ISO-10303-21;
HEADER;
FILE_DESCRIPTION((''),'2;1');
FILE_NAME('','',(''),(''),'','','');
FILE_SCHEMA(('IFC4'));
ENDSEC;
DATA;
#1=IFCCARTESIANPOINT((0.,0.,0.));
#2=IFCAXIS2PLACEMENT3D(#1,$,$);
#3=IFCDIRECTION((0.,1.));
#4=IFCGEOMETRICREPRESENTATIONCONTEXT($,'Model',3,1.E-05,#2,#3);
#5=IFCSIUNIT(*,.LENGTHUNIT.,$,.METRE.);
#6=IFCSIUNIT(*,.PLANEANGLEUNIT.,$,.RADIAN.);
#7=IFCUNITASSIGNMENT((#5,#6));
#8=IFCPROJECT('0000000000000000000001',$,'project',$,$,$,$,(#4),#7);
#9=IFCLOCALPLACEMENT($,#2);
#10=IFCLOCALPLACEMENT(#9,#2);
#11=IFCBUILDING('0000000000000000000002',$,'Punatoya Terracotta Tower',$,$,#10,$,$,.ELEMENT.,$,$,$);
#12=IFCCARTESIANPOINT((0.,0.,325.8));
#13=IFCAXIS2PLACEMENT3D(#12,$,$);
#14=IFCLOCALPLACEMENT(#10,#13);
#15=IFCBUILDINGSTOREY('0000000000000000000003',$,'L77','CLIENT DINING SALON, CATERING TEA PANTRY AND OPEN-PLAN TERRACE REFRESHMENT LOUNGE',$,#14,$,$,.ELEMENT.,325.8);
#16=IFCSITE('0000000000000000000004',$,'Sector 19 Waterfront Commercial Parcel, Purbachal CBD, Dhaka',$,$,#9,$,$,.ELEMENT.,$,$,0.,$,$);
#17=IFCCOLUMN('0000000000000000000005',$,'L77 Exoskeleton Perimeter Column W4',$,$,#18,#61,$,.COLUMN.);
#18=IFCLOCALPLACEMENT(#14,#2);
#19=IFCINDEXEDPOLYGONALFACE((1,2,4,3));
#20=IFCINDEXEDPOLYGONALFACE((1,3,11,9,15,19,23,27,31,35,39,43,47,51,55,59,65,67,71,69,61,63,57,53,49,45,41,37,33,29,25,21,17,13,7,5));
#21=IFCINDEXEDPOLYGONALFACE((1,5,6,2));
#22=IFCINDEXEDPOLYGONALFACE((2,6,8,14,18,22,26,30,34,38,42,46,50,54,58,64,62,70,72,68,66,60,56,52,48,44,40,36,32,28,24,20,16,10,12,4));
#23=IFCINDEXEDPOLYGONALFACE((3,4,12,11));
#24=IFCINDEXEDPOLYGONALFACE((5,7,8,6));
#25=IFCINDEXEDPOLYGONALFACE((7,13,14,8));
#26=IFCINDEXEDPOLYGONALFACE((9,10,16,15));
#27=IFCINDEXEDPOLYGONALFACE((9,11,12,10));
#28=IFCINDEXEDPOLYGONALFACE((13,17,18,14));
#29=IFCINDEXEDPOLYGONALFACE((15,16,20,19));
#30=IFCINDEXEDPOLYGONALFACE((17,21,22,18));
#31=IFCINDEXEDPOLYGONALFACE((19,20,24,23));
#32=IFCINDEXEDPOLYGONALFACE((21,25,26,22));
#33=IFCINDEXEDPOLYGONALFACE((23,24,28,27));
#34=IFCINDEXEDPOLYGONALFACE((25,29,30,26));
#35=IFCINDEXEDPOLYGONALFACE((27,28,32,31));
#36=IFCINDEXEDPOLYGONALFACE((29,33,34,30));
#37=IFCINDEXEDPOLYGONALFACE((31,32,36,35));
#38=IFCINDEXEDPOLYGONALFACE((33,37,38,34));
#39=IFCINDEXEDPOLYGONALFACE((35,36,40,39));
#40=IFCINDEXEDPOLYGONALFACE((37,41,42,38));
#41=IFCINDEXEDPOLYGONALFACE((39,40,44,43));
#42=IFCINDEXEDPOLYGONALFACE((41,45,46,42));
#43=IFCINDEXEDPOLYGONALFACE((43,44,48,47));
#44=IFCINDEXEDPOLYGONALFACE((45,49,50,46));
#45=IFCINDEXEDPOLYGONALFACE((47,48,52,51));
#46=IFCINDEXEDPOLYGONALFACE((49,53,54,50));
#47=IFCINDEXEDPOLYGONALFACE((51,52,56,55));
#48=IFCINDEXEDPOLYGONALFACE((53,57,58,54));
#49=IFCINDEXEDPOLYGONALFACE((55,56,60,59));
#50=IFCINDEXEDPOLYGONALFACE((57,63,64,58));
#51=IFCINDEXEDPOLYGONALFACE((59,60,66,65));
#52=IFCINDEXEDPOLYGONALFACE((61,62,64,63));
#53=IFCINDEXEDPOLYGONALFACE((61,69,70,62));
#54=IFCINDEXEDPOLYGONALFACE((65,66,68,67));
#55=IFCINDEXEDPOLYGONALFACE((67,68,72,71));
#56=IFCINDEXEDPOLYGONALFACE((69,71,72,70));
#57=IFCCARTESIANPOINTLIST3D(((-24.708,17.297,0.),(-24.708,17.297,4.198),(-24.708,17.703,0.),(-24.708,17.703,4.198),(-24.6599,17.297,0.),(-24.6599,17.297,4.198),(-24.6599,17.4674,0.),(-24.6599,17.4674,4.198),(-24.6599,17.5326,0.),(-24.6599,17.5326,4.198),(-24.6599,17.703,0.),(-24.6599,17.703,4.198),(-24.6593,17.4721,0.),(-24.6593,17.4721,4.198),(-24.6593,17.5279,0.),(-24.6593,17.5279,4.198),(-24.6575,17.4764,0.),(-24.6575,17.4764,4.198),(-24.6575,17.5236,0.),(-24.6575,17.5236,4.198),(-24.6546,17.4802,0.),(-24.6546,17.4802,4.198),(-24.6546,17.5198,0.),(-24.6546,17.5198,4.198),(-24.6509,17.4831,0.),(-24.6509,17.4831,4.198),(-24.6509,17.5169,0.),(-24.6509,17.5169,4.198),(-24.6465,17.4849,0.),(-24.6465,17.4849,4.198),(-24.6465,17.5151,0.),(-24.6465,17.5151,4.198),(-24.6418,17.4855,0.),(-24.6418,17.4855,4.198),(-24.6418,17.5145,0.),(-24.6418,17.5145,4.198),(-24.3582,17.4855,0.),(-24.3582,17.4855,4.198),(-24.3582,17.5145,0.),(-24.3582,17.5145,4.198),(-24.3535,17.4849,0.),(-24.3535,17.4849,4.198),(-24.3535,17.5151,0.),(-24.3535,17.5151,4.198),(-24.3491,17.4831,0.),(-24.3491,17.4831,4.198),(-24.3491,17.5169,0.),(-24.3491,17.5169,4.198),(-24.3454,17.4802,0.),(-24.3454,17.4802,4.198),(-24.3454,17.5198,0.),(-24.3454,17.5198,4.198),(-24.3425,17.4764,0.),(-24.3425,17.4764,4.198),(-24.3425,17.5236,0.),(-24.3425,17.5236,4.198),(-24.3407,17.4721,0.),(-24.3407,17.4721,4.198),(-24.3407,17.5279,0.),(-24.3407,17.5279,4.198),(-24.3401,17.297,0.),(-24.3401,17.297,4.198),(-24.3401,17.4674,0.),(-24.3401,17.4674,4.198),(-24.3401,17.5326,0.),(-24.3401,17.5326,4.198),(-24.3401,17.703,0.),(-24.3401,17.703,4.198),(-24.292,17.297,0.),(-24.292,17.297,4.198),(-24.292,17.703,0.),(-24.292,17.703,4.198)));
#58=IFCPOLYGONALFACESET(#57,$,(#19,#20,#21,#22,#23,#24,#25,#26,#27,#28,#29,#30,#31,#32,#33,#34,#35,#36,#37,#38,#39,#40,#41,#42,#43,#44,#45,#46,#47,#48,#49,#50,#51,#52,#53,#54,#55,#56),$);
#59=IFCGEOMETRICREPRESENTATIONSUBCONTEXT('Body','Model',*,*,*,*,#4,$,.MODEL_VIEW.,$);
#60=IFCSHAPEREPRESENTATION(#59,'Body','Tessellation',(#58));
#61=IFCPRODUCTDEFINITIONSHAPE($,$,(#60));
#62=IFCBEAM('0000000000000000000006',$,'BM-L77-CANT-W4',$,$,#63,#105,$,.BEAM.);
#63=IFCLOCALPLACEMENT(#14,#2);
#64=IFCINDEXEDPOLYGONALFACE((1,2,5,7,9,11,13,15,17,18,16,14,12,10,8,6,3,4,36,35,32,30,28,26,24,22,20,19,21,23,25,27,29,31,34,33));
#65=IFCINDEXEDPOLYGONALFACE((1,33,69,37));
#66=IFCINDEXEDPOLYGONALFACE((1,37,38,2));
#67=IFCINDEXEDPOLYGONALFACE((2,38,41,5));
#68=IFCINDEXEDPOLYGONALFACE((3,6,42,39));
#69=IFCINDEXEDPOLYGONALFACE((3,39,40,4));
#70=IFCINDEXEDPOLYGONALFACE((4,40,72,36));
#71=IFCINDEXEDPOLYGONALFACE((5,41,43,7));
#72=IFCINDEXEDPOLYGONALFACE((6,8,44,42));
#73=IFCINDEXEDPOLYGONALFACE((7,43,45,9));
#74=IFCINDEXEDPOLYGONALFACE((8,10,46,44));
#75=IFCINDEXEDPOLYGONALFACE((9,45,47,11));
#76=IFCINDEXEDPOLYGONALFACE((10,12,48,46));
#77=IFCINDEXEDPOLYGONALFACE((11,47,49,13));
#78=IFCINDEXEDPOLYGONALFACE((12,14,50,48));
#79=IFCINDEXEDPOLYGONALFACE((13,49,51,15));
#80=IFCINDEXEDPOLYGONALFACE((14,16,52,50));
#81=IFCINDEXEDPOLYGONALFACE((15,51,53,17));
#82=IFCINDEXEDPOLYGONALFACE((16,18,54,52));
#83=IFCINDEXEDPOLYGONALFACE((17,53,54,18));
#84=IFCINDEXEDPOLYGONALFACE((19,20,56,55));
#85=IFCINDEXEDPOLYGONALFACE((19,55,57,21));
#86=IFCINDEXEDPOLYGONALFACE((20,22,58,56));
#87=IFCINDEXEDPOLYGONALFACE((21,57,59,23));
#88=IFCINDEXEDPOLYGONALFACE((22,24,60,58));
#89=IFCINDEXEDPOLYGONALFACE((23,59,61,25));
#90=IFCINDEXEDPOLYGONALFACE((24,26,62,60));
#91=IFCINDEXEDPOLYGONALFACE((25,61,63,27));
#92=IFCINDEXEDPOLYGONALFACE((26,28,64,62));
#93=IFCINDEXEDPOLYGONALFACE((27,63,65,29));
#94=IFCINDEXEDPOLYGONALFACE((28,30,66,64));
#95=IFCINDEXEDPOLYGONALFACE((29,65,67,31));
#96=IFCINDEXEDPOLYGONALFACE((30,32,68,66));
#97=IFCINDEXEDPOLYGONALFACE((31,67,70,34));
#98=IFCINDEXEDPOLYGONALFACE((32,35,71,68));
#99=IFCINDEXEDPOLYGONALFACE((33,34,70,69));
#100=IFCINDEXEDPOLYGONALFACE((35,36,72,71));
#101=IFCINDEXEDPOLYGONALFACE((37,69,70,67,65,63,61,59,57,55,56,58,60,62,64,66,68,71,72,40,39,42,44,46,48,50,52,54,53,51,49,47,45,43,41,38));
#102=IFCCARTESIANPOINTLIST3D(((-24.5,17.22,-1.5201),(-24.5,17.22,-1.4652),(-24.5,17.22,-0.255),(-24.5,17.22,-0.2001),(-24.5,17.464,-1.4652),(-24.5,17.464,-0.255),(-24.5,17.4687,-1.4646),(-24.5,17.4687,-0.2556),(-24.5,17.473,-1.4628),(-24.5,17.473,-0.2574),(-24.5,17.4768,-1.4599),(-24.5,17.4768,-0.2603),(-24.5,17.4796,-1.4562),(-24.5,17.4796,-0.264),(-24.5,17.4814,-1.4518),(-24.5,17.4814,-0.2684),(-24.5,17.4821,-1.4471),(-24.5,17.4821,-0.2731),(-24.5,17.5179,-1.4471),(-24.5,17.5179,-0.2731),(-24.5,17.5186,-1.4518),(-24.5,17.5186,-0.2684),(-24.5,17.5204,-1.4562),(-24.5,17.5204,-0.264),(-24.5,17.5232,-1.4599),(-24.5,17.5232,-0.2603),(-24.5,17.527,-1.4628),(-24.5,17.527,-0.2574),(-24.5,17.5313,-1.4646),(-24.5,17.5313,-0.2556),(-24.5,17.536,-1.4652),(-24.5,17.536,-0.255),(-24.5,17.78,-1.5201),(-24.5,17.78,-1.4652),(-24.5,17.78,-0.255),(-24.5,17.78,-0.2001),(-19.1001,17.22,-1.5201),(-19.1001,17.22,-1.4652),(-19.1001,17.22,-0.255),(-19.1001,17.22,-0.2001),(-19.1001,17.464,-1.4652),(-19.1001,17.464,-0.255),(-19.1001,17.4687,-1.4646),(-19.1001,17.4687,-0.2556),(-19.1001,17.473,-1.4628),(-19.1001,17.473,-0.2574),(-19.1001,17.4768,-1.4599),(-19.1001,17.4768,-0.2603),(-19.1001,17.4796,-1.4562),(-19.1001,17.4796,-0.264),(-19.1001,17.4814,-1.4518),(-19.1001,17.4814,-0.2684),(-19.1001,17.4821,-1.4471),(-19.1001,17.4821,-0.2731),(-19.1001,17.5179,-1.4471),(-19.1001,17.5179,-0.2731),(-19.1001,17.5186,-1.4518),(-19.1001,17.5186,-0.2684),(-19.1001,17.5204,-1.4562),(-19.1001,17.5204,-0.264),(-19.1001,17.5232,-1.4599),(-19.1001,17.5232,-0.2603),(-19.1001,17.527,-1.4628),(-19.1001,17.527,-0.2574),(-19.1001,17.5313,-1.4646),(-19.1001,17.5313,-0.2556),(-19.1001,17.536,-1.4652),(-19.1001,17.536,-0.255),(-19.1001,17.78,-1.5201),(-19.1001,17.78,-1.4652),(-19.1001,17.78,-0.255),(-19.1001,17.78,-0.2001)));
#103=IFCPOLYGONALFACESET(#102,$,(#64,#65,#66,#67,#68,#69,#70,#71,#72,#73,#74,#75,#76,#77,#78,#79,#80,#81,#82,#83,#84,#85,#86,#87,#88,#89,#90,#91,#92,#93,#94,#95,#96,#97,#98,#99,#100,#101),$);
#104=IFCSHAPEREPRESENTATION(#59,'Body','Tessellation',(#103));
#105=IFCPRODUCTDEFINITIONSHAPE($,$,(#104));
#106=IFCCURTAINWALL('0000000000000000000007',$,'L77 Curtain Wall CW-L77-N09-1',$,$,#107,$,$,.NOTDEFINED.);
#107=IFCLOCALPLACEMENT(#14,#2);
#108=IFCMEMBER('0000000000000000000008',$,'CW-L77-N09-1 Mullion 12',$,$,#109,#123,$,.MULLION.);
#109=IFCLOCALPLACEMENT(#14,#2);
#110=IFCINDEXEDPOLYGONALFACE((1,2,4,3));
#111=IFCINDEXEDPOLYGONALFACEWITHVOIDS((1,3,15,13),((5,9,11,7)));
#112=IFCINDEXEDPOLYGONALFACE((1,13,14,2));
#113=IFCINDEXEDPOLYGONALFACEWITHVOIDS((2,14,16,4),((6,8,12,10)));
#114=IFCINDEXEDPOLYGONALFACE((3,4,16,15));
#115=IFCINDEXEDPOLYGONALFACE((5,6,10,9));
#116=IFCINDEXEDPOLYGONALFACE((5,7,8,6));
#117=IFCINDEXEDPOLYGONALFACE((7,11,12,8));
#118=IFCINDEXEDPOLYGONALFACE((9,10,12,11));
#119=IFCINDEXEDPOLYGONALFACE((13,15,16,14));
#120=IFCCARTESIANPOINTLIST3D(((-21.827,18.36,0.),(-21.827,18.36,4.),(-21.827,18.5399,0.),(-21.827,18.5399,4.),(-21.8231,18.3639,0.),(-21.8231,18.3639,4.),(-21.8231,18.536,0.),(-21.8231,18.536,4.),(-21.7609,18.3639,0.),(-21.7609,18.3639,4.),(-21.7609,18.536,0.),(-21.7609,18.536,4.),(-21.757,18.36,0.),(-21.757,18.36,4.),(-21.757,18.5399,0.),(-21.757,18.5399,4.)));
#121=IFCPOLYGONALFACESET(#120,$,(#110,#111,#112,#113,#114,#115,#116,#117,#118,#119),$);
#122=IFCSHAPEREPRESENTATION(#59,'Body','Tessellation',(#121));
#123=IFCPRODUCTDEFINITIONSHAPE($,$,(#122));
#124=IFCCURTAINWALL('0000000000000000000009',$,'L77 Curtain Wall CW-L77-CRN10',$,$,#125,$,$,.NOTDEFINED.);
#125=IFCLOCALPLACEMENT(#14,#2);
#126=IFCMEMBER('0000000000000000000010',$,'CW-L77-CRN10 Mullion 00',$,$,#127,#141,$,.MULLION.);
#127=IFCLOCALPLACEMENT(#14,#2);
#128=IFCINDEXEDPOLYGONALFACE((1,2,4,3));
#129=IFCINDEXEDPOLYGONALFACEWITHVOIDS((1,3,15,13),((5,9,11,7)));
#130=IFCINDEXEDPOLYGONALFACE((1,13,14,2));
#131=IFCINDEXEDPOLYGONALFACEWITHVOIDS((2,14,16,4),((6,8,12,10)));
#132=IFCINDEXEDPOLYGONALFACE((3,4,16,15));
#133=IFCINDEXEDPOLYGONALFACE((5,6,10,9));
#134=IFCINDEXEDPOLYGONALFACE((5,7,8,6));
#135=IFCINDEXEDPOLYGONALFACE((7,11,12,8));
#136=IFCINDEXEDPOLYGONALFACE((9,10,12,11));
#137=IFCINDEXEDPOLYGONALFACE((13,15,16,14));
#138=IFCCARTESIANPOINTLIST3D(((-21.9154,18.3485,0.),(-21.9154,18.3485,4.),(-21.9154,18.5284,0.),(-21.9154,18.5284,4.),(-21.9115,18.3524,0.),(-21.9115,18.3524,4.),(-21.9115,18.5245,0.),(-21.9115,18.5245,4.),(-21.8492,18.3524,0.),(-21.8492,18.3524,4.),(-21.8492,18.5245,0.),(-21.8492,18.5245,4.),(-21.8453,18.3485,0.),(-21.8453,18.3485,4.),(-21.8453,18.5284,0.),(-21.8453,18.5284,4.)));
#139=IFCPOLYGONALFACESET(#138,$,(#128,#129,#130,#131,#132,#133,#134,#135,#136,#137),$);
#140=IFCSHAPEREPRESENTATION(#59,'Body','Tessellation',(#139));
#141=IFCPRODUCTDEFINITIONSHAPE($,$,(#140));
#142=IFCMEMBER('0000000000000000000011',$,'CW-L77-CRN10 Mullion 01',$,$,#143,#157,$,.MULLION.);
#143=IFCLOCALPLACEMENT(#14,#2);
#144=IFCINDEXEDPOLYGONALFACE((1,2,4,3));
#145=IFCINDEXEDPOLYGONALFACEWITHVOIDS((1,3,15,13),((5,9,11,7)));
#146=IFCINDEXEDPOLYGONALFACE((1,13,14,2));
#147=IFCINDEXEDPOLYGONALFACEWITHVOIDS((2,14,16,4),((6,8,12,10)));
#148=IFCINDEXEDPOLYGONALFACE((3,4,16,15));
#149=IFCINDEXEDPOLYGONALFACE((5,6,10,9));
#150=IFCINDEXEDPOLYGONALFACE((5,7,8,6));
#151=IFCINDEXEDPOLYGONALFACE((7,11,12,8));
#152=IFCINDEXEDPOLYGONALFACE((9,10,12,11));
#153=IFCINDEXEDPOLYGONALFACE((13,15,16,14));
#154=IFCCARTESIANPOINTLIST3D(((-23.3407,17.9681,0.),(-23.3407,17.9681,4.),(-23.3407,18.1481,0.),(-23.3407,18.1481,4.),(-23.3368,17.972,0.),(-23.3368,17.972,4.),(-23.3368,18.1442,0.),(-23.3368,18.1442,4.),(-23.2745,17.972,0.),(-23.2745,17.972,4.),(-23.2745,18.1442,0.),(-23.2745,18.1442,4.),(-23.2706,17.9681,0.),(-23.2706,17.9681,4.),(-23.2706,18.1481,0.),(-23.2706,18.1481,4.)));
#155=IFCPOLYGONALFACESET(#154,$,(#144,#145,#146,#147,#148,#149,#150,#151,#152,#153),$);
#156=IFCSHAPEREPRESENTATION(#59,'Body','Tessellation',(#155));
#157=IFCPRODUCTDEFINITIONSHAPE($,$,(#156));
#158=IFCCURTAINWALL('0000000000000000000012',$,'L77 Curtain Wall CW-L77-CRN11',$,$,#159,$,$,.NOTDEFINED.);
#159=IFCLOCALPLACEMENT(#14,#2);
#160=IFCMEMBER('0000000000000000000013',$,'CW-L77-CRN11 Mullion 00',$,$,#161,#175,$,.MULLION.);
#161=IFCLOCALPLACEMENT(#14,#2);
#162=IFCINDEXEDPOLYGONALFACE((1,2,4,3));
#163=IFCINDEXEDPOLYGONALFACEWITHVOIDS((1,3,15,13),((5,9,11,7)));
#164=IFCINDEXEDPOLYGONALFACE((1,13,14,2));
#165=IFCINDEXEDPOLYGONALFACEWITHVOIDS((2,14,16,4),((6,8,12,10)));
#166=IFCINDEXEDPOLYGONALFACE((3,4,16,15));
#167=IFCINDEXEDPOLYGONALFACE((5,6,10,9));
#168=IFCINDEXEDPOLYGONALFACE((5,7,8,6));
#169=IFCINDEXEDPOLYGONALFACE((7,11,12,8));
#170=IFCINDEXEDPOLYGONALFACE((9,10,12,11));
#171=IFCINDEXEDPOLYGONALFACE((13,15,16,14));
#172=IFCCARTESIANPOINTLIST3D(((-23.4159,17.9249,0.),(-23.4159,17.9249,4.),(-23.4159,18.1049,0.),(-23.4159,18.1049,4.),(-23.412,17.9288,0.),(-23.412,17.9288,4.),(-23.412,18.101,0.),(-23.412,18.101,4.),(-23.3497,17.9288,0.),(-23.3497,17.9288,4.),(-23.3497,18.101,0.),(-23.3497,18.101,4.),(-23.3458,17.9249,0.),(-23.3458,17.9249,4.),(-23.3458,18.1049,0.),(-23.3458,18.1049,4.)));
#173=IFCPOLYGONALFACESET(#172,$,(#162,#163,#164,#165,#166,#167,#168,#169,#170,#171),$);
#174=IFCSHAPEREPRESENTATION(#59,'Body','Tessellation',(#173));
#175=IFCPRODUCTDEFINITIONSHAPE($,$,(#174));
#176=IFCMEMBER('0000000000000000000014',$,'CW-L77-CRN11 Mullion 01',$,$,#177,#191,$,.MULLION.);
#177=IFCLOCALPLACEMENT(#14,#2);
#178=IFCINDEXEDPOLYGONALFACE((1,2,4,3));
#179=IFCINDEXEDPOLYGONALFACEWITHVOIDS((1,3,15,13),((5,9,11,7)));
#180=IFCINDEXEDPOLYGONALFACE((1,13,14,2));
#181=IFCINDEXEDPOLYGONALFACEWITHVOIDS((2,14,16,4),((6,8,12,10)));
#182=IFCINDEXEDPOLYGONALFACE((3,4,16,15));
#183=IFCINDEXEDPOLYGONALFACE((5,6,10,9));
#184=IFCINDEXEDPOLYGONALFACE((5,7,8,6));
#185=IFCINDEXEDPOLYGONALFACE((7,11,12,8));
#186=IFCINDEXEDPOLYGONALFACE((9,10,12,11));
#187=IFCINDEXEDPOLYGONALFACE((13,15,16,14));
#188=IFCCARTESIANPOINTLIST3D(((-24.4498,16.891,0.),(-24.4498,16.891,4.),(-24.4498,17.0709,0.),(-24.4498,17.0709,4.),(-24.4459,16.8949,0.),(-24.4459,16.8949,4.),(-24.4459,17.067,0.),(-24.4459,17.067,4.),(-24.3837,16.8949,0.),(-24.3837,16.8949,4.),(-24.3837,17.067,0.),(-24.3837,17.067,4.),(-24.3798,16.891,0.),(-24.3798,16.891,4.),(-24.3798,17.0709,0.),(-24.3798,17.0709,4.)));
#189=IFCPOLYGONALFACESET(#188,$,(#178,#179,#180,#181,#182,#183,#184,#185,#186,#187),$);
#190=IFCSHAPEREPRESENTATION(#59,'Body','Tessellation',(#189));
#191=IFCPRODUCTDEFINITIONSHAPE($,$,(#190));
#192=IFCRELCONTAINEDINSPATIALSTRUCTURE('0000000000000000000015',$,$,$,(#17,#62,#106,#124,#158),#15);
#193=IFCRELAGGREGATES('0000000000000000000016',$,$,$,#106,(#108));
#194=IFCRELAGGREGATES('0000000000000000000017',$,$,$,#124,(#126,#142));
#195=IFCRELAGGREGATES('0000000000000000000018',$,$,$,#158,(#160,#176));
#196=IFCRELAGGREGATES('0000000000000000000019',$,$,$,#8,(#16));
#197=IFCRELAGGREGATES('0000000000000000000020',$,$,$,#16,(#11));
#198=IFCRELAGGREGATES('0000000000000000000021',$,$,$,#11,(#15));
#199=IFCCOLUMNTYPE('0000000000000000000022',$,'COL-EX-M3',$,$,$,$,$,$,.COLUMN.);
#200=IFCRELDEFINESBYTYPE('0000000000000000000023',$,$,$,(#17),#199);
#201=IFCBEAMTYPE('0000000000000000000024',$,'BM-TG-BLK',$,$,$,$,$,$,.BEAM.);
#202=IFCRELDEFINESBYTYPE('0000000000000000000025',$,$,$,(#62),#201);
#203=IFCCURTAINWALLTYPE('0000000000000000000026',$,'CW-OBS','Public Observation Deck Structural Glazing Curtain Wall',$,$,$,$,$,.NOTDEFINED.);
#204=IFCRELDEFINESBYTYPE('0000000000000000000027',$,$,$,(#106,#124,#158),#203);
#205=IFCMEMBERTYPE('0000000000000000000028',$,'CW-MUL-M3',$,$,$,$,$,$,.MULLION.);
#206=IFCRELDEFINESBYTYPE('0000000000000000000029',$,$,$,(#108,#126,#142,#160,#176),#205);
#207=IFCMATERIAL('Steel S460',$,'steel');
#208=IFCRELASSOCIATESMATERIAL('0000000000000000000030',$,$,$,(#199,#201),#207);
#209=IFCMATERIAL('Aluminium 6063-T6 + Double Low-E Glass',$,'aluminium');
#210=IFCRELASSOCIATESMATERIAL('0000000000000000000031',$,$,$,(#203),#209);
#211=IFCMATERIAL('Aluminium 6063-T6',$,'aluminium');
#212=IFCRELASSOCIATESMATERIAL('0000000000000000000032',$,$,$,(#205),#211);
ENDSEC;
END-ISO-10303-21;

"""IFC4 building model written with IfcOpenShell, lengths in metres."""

from ifc_helpers import new_model, si_unit, direction, frame, origin, origin_2d, place, context, subcontext, project, spatial, hollow_rectangle, i_section, extrude, material, material_profile, profile_set, type_object, element, aggregate, save


model = new_model("IFC4")

# Units and contexts
model_context = context("Model", 3, precision=1e-05, world=origin(), true_north=direction((0.0, 1.0)))
body_context = subcontext(model_context, "Body", "Model", "MODEL_VIEW")
ifc_project = project(units=[si_unit("LENGTHUNIT", "METRE"), si_unit("PLANEANGLEUNIT", "RADIAN")], contexts=[model_context])

# Site, building, storey
site_placement = place(None, origin())
site = spatial("IfcSite", under=ifc_project, at=site_placement, Name="Sector 19 Waterfront Commercial Parcel, Purbachal CBD, Dhaka", CompositionType="ELEMENT", RefElevation=0.0)
building_placement = place(site_placement, origin())
building = spatial("IfcBuilding", under=site, at=building_placement, Name="Punatoya Terracotta Tower", CompositionType="ELEMENT")
storey_placement = place(building_placement, frame((0.0, 0.0, 325.8)))
storey = spatial("IfcBuildingStorey", under=building, at=storey_placement, Name="L77", Description="CLIENT DINING SALON, CATERING TEA PANTRY AND OPEN-PLAN TERRACE REFRESHMENT LOUNGE", CompositionType="ELEMENT", Elevation=325.8)

# Column
ifc_material_1 = material(Name="Steel S460", Category="steel")
ifc_material_profile_1 = material_profile(ifc_material_1, i_section(OverallWidth=0.406, OverallDepth=0.416, WebThickness=0.0291, FlangeThickness=0.0481, FilletRadius=0.0181, at=origin_2d()))
ifc_profile_set_1 = profile_set([ifc_material_profile_1], Name="Steel S460")
column_type = type_object("IfcColumnType", Name="COL-EX-M3", PredefinedType="COLUMN", material=ifc_profile_set_1)
column_placement = place(storey_placement, frame((-24.5, 17.5, 0.0), z_axis=(0.0, 0.0, 1.0), x_axis=(0.0, 1.0, 0.0)))
element("IfcColumn", 1, at=column_placement, inside=storey, type_object=column_type, Name="L77 Exoskeleton Perimeter Column W4", PredefinedType="COLUMN", context=body_context, shape_type="SweptSolid", body=[
    extrude(i_section(OverallWidth=0.406, OverallDepth=0.416, WebThickness=0.0291, FlangeThickness=0.0481, FilletRadius=0.0181, at=origin_2d()), origin(), (0.0, 0.0, 1.0), 4.198),
])

# Beam
ifc_material_profile_2 = material_profile(ifc_material_1, i_section(OverallWidth=0.5601, OverallDepth=1.3201, WebThickness=0.0359, FlangeThickness=0.0549, FilletRadius=0.0181, at=origin_2d()))
ifc_profile_set_2 = profile_set([ifc_material_profile_2], Name="Steel S460")
beam_type = type_object("IfcBeamType", Name="BM-TG-BLK", PredefinedType="BEAM", material=ifc_profile_set_2)
beam_placement = place(storey_placement, frame((-24.5, 17.5, -0.8601), z_axis=(1.0, 0.0, 0.0), x_axis=(0.0, 1.0, 0.0)))
element("IfcBeam", 2, at=beam_placement, inside=storey, type_object=beam_type, Name="BM-L77-CANT-W4", PredefinedType="BEAM", context=body_context, shape_type="SweptSolid", body=[
    extrude(i_section(OverallWidth=0.5601, OverallDepth=1.3201, WebThickness=0.0359, FlangeThickness=0.0549, FilletRadius=0.0181, at=origin_2d()), origin(), (0.0, 0.0, 1.0), 5.3999),
])

# Curtain wall, member
ifc_material_2 = material(Name="Aluminium 6063-T6 + Double Low-E Glass", Category="aluminium")
curtain_wall_type = type_object("IfcCurtainWallType", Name="CW-OBS", Description="Public Observation Deck Structural Glazing Curtain Wall", PredefinedType="NOTDEFINED", material=ifc_material_2)
curtain_wall_1_placement = place(storey_placement, origin())
curtain_wall_1 = element("IfcCurtainWall", 3, at=curtain_wall_1_placement, inside=storey, type_object=curtain_wall_type, Name="L77 Curtain Wall CW-L77-N09-1", PredefinedType="NOTDEFINED")
ifc_material_3 = material(Name="Aluminium 6063-T6", Category="aluminium")
ifc_material_profile_3 = material_profile(ifc_material_3, hollow_rectangle(XDim=0.0701, YDim=0.1799, WallThickness=0.0039, at=origin_2d()))
ifc_profile_set_3 = profile_set([ifc_material_profile_3], Name="Aluminium 6063-T6")
member_type_1 = type_object("IfcMemberType", Name="CW-MUL-M3", PredefinedType="MULLION", material=ifc_profile_set_3)
member_1_placement = place(storey_placement, frame((-21.792, 18.45, 0.0), z_axis=(0.0, 0.0, 1.0), x_axis=(1.0, 0.0, 0.0)))
member_1 = element("IfcMember", 4, at=member_1_placement, type_object=member_type_1, Name="CW-L77-N09-1 Mullion 12", PredefinedType="MULLION", context=body_context, shape_type="SweptSolid", body=[
    extrude(hollow_rectangle(XDim=0.0701, YDim=0.1799, WallThickness=0.0039, at=origin_2d()), origin(), (0.0, 0.0, 1.0), 4.0),
])

# Curtain walls, members
curtain_wall_2_placement = place(storey_placement, origin())
curtain_wall_2 = element("IfcCurtainWall", 5, at=curtain_wall_2_placement, inside=storey, type_object=curtain_wall_type, Name="L77 Curtain Wall CW-L77-CRN10", PredefinedType="NOTDEFINED")
member_2_placement = place(storey_placement, frame((-21.8804, 18.4385, 0.0), z_axis=(0.0, 0.0, 1.0), x_axis=(1.0, 0.0, 0.0)))
member_2 = element("IfcMember", 6, at=member_2_placement, type_object=member_type_1, Name="CW-L77-CRN10 Mullion 00", PredefinedType="MULLION", context=body_context, shape_type="SweptSolid", body=[
    extrude(hollow_rectangle(XDim=0.0701, YDim=0.1799, WallThickness=0.0039, at=origin_2d()), origin(), (0.0, 0.0, 1.0), 4.0),
])
member_3_placement = place(storey_placement, frame((-23.3057, 18.0581, 0.0), z_axis=(0.0, 0.0, 1.0), x_axis=(1.0, 0.0, 0.0)))
member_3 = element("IfcMember", 7, at=member_3_placement, type_object=member_type_1, Name="CW-L77-CRN10 Mullion 01", PredefinedType="MULLION", context=body_context, shape_type="SweptSolid", body=[
    extrude(hollow_rectangle(XDim=0.0701, YDim=0.1799, WallThickness=0.0039, at=origin_2d()), origin(), (0.0, 0.0, 1.0), 4.0),
])
curtain_wall_3_placement = place(storey_placement, origin())
curtain_wall_3 = element("IfcCurtainWall", 8, at=curtain_wall_3_placement, inside=storey, type_object=curtain_wall_type, Name="L77 Curtain Wall CW-L77-CRN11", PredefinedType="NOTDEFINED")
member_4_placement = place(storey_placement, frame((-23.3809, 18.0149, 0.0), z_axis=(0.0, 0.0, 1.0), x_axis=(1.0, 0.0, 0.0)))
member_4 = element("IfcMember", 9, at=member_4_placement, type_object=member_type_1, Name="CW-L77-CRN11 Mullion 00", PredefinedType="MULLION", context=body_context, shape_type="SweptSolid", body=[
    extrude(hollow_rectangle(XDim=0.0701, YDim=0.1799, WallThickness=0.0039, at=origin_2d()), origin(), (0.0, 0.0, 1.0), 4.0),
])
member_5_placement = place(storey_placement, frame((-24.4148, 16.981, 0.0), z_axis=(0.0, 0.0, 1.0), x_axis=(1.0, 0.0, 0.0)))
member_5 = element("IfcMember", 10, at=member_5_placement, type_object=member_type_1, Name="CW-L77-CRN11 Mullion 01", PredefinedType="MULLION", context=body_context, shape_type="SweptSolid", body=[
    extrude(hollow_rectangle(XDim=0.0701, YDim=0.1799, WallThickness=0.0039, at=origin_2d()), origin(), (0.0, 0.0, 1.0), 4.0),
])

aggregate(curtain_wall_1, [member_1])
aggregate(curtain_wall_2, [member_2, member_3])
aggregate(curtain_wall_3, [member_4, member_5])

save(model, "model.ifc")
